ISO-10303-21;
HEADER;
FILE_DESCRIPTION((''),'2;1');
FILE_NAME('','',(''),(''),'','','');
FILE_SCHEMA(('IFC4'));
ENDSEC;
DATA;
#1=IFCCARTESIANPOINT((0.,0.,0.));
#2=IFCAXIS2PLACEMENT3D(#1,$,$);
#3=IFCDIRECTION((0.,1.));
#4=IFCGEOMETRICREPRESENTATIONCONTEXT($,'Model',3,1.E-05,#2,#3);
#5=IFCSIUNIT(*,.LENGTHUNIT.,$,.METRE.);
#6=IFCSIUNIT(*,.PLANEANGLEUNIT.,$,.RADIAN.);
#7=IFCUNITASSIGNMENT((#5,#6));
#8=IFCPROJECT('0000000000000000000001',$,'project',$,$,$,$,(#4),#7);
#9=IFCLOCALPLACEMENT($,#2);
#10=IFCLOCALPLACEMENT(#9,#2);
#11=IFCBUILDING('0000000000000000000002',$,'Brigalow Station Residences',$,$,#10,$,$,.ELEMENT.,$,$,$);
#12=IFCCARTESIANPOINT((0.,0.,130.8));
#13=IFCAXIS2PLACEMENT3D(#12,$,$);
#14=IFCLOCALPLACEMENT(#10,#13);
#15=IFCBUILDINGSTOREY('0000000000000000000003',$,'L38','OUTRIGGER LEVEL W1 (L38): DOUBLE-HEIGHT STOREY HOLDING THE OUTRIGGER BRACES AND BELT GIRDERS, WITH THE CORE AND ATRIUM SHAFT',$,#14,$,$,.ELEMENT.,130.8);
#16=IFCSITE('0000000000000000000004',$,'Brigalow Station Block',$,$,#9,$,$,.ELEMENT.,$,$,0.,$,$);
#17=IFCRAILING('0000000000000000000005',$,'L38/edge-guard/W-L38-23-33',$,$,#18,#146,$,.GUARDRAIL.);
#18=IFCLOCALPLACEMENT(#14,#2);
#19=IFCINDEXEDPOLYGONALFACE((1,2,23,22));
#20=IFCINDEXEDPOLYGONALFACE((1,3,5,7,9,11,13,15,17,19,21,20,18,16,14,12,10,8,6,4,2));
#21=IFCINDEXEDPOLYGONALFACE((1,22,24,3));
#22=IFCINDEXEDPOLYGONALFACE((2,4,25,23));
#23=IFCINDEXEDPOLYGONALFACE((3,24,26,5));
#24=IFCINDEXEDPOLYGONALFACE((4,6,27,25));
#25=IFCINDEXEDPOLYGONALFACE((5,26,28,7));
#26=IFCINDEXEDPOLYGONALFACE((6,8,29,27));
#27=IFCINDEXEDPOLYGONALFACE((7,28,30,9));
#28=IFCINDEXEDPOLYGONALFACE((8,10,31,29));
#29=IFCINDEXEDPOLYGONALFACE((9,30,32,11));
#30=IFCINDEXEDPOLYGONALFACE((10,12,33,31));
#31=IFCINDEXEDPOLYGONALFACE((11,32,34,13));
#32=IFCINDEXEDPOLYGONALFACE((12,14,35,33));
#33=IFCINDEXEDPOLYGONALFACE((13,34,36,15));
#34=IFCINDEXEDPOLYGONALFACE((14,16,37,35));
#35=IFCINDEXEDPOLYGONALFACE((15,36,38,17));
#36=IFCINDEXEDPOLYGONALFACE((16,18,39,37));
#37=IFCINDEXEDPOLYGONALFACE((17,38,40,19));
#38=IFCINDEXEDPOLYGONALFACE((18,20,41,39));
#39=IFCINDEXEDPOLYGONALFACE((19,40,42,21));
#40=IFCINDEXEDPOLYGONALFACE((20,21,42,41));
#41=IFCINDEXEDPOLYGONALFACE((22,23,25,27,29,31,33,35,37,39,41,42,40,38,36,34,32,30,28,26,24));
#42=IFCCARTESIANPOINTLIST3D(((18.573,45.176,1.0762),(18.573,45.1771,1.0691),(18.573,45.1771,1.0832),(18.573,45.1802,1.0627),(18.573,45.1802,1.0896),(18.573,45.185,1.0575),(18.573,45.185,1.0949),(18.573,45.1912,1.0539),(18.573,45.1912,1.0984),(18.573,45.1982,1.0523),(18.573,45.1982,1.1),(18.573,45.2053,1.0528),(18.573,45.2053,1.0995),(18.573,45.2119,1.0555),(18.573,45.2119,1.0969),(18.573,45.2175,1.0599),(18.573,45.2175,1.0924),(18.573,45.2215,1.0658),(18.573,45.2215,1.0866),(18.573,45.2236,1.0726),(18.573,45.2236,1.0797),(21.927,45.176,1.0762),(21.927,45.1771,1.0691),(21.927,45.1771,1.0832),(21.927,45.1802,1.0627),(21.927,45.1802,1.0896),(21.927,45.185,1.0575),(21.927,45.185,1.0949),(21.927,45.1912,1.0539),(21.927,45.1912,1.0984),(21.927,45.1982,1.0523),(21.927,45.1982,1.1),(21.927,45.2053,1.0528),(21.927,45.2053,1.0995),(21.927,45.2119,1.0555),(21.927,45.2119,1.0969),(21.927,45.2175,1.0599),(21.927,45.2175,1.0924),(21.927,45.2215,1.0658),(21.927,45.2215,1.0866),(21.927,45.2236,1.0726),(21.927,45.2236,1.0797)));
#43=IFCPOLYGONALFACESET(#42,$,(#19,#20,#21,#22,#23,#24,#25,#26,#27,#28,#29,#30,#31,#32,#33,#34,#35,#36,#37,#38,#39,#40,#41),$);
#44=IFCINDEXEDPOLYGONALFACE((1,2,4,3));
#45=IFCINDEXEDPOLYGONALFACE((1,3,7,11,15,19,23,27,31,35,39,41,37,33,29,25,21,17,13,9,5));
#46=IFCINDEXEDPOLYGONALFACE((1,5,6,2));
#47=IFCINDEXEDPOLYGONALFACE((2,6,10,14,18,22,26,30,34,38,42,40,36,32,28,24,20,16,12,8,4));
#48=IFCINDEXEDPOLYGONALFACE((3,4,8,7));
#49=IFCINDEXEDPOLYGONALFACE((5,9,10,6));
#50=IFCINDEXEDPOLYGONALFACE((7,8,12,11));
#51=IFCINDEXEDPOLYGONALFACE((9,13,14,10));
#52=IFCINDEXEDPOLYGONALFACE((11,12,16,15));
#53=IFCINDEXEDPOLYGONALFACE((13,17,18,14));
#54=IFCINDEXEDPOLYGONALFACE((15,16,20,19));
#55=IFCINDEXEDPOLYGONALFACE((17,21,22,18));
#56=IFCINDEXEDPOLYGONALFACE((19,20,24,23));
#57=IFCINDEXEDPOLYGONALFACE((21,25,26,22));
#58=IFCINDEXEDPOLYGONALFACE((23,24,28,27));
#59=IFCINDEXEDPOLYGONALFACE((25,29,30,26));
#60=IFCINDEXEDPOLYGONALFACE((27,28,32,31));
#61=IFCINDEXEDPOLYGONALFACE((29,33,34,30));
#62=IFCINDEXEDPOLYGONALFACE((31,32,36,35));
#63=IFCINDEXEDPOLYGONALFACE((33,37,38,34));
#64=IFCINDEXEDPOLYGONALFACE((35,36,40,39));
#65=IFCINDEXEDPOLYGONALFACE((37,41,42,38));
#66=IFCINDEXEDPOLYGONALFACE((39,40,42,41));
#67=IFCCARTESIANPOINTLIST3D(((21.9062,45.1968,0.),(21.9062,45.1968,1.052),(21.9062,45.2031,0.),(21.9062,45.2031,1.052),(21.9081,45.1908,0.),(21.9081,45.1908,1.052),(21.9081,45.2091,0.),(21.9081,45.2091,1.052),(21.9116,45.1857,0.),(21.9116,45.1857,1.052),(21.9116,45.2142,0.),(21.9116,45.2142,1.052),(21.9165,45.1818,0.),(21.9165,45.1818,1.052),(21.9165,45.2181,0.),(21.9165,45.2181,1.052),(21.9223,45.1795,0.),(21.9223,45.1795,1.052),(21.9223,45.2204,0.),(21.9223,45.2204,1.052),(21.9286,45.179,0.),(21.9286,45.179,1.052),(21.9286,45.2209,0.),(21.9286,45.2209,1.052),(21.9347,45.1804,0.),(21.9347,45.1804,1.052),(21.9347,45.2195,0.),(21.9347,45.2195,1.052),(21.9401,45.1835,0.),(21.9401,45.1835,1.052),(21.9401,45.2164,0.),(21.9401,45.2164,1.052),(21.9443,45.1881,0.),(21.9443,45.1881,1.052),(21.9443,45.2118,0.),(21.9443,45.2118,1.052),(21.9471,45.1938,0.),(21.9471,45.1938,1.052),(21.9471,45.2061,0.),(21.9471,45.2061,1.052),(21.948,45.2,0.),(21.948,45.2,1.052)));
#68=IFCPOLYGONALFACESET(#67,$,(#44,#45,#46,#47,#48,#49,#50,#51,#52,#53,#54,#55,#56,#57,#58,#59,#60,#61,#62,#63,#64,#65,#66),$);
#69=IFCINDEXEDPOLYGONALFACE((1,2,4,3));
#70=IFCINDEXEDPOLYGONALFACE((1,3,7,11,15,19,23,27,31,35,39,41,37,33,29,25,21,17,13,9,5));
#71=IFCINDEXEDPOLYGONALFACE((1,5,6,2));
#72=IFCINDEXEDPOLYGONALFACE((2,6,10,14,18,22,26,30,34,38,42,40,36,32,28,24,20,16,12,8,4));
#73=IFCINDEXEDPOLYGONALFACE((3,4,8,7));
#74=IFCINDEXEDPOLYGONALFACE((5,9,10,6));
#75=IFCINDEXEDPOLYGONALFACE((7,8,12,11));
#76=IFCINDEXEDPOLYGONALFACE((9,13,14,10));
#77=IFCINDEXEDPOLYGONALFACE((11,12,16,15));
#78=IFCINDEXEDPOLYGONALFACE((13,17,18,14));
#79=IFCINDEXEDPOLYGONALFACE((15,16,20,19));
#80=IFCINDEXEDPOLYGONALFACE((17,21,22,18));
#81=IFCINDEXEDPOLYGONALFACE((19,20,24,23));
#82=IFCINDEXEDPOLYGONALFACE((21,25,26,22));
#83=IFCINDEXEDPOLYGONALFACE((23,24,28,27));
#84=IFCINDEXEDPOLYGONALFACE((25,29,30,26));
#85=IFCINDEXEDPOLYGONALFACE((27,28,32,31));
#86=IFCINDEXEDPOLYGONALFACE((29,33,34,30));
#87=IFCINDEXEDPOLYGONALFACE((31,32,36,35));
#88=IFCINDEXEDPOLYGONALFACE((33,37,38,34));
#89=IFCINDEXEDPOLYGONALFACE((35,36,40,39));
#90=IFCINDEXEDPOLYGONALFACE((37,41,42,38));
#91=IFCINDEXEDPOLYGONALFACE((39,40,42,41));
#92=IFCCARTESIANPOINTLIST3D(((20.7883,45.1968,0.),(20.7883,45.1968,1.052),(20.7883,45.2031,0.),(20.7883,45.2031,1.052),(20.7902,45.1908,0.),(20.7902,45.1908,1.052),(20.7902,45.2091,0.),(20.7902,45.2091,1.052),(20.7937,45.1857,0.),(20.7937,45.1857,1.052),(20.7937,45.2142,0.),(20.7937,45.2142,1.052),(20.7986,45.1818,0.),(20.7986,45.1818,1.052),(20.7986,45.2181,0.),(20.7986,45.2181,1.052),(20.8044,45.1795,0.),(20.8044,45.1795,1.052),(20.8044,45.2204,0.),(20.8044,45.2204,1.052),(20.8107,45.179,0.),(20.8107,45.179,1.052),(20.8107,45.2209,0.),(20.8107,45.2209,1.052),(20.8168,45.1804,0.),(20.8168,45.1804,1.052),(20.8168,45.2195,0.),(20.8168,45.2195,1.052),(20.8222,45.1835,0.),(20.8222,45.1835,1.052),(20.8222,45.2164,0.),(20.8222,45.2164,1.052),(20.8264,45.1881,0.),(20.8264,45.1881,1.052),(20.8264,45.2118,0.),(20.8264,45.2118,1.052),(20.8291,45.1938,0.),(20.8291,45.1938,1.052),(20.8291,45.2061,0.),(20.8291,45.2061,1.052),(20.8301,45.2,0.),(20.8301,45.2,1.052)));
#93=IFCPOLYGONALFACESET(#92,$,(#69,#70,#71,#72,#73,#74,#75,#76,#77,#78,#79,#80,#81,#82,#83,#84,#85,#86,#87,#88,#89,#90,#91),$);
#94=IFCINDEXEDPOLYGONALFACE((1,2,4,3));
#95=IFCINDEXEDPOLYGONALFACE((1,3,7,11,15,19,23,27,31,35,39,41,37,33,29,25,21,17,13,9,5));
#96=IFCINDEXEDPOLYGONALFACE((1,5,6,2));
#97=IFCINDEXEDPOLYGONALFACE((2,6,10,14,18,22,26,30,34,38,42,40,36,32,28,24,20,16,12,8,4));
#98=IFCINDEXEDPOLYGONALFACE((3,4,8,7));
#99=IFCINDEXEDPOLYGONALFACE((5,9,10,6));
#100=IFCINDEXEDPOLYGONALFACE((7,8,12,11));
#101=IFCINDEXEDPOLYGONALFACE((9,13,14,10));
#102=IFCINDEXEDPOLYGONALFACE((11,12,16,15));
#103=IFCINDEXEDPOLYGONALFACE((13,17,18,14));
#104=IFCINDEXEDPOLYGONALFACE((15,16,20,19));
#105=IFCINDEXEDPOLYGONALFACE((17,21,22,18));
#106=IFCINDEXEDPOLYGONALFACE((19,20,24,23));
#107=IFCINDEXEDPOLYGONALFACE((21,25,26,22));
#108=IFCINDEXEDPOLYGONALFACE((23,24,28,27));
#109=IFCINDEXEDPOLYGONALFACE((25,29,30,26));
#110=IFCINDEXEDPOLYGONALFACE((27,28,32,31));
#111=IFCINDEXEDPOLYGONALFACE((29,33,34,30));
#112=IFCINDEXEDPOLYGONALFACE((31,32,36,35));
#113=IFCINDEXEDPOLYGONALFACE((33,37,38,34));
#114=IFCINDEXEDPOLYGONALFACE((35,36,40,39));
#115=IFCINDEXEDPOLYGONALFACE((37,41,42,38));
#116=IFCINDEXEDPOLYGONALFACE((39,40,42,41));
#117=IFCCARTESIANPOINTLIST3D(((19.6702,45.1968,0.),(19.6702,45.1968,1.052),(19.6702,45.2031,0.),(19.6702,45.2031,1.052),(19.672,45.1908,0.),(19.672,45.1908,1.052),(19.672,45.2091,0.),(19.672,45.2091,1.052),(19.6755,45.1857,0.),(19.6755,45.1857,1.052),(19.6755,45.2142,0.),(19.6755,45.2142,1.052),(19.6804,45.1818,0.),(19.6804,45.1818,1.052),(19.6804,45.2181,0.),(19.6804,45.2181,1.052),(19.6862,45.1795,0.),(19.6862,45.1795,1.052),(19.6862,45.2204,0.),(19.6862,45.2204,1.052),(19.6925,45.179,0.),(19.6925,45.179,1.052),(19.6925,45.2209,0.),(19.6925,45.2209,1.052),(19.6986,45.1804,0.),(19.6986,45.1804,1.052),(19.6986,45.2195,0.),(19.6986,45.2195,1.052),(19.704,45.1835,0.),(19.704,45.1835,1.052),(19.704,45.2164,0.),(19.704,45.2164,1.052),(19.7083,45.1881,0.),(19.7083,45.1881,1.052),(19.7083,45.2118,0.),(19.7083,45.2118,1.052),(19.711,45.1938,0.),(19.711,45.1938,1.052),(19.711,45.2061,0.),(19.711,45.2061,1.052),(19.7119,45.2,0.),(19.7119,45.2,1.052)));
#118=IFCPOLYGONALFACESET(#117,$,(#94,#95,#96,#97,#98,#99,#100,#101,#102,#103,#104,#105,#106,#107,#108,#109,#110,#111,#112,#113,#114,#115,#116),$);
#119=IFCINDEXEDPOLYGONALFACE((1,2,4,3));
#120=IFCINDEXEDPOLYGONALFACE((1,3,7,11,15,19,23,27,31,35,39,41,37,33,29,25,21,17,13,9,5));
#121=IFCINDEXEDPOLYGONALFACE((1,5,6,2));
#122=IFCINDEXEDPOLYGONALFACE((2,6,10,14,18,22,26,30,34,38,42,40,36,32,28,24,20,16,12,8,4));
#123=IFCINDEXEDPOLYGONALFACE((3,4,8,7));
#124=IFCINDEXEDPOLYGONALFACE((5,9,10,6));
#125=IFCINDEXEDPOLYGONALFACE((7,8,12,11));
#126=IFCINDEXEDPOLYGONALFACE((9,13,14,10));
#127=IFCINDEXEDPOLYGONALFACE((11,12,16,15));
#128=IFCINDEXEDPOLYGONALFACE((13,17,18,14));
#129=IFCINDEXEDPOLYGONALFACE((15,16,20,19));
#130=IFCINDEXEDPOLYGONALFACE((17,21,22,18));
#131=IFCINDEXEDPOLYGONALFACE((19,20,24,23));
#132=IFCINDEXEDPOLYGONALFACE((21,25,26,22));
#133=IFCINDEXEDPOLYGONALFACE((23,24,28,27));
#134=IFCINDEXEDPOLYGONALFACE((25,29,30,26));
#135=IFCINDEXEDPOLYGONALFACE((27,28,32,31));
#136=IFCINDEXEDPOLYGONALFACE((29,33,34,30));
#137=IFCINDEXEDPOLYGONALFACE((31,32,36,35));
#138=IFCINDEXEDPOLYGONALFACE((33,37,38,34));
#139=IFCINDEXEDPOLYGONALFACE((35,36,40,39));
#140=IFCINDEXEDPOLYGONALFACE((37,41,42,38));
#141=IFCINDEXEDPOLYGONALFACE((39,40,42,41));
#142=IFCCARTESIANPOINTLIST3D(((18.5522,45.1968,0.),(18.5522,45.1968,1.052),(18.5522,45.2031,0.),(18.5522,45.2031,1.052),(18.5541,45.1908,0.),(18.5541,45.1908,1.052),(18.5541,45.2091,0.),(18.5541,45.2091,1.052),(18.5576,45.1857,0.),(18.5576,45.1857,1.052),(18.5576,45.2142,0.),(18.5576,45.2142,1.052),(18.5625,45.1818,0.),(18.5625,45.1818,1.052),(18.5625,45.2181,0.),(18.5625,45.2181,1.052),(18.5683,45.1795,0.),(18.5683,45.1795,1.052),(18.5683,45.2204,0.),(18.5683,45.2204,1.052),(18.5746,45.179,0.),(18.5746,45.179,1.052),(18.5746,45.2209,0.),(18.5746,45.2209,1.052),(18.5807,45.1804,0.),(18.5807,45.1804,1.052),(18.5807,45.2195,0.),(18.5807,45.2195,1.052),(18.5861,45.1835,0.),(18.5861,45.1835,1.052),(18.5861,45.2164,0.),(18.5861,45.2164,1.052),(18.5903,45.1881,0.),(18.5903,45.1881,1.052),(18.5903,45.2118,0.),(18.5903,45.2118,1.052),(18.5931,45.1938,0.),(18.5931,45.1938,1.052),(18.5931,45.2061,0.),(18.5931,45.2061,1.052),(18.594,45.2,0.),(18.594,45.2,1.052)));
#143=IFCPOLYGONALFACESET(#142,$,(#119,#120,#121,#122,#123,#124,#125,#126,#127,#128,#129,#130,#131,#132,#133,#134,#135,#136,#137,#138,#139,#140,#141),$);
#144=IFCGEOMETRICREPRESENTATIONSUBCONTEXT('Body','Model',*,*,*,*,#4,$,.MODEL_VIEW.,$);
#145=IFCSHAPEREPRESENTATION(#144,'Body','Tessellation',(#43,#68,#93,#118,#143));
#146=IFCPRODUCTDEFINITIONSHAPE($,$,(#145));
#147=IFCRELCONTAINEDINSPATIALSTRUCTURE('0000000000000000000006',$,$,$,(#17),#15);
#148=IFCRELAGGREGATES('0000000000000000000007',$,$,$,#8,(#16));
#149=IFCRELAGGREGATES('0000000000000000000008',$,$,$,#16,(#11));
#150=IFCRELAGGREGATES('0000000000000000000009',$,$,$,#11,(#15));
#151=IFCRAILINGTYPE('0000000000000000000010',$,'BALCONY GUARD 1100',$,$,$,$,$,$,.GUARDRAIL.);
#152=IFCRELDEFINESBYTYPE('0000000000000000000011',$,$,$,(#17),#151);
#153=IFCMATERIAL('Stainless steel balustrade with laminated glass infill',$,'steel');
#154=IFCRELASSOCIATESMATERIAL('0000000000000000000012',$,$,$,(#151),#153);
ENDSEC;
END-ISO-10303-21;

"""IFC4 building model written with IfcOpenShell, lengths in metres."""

from ifc_helpers import new_model, si_unit, direction, frame, origin, origin_2d, place, context, subcontext, project, spatial, circle, extrude, material, type_object, element, save


model = new_model("IFC4")

# Units and contexts
model_context = context("Model", 3, precision=1e-05, world=origin(), true_north=direction((0.0, 1.0)))
body_context = subcontext(model_context, "Body", "Model", "MODEL_VIEW")
ifc_project = project(units=[si_unit("LENGTHUNIT", "METRE"), si_unit("PLANEANGLEUNIT", "RADIAN")], contexts=[model_context])

# Site, building, storey
site_placement = place(None, origin())
site = spatial("IfcSite", under=ifc_project, at=site_placement, Name="Brigalow Station Block", CompositionType="ELEMENT", RefElevation=0.0)
building_placement = place(site_placement, origin())
building = spatial("IfcBuilding", under=site, at=building_placement, Name="Brigalow Station Residences", CompositionType="ELEMENT")
storey_placement = place(building_placement, frame((0.0, 0.0, 130.8)))
storey = spatial("IfcBuildingStorey", under=building, at=storey_placement, Name="L38", Description="OUTRIGGER LEVEL W1 (L38): DOUBLE-HEIGHT STOREY HOLDING THE OUTRIGGER BRACES AND BELT GIRDERS, WITH THE CORE AND ATRIUM SHAFT", CompositionType="ELEMENT", Elevation=130.8)

# Railing
ifc_material_1 = material(Name="Stainless steel balustrade with laminated glass infill", Category="steel")
railing_type = type_object("IfcRailingType", Name="BALCONY GUARD 1100", PredefinedType="GUARDRAIL", material=ifc_material_1)
for number, where, name in (
    (1, (21.927, 45.2, 0.0), "L38/edge-guard/W-L38-23-33"),
):
    element("IfcRailing", number, at=place(storey_placement, frame(where)), inside=storey, type_object=railing_type, Name=name, PredefinedType="GUARDRAIL", context=body_context, shape_type="SweptSolid", body=[
        extrude(circle(Radius=0.0239, at=origin_2d()), frame((0.0, 0.0, 1.0762), z_axis=(-1.0, 0.0, 0.0), x_axis=(0.0, -1.0, 0.0)), (0.0, 0.0, 1.0), 3.354),
        extrude(circle(Radius=0.021, at=origin_2d()), origin(), (0.0, 0.0, 1.0), 1.052),
        extrude(circle(Radius=0.021, at=origin_2d()), frame((-1.1179, 0.0, 0.0)), (0.0, 0.0, 1.0), 1.052),
        extrude(circle(Radius=0.021, at=origin_2d()), frame((-2.2361, 0.0, 0.0)), (0.0, 0.0, 1.0), 1.052),
        extrude(circle(Radius=0.021, at=origin_2d()), frame((-3.354, 0.0, 0.0)), (0.0, 0.0, 1.0), 1.052),
    ])

save(model, "model.ifc")
